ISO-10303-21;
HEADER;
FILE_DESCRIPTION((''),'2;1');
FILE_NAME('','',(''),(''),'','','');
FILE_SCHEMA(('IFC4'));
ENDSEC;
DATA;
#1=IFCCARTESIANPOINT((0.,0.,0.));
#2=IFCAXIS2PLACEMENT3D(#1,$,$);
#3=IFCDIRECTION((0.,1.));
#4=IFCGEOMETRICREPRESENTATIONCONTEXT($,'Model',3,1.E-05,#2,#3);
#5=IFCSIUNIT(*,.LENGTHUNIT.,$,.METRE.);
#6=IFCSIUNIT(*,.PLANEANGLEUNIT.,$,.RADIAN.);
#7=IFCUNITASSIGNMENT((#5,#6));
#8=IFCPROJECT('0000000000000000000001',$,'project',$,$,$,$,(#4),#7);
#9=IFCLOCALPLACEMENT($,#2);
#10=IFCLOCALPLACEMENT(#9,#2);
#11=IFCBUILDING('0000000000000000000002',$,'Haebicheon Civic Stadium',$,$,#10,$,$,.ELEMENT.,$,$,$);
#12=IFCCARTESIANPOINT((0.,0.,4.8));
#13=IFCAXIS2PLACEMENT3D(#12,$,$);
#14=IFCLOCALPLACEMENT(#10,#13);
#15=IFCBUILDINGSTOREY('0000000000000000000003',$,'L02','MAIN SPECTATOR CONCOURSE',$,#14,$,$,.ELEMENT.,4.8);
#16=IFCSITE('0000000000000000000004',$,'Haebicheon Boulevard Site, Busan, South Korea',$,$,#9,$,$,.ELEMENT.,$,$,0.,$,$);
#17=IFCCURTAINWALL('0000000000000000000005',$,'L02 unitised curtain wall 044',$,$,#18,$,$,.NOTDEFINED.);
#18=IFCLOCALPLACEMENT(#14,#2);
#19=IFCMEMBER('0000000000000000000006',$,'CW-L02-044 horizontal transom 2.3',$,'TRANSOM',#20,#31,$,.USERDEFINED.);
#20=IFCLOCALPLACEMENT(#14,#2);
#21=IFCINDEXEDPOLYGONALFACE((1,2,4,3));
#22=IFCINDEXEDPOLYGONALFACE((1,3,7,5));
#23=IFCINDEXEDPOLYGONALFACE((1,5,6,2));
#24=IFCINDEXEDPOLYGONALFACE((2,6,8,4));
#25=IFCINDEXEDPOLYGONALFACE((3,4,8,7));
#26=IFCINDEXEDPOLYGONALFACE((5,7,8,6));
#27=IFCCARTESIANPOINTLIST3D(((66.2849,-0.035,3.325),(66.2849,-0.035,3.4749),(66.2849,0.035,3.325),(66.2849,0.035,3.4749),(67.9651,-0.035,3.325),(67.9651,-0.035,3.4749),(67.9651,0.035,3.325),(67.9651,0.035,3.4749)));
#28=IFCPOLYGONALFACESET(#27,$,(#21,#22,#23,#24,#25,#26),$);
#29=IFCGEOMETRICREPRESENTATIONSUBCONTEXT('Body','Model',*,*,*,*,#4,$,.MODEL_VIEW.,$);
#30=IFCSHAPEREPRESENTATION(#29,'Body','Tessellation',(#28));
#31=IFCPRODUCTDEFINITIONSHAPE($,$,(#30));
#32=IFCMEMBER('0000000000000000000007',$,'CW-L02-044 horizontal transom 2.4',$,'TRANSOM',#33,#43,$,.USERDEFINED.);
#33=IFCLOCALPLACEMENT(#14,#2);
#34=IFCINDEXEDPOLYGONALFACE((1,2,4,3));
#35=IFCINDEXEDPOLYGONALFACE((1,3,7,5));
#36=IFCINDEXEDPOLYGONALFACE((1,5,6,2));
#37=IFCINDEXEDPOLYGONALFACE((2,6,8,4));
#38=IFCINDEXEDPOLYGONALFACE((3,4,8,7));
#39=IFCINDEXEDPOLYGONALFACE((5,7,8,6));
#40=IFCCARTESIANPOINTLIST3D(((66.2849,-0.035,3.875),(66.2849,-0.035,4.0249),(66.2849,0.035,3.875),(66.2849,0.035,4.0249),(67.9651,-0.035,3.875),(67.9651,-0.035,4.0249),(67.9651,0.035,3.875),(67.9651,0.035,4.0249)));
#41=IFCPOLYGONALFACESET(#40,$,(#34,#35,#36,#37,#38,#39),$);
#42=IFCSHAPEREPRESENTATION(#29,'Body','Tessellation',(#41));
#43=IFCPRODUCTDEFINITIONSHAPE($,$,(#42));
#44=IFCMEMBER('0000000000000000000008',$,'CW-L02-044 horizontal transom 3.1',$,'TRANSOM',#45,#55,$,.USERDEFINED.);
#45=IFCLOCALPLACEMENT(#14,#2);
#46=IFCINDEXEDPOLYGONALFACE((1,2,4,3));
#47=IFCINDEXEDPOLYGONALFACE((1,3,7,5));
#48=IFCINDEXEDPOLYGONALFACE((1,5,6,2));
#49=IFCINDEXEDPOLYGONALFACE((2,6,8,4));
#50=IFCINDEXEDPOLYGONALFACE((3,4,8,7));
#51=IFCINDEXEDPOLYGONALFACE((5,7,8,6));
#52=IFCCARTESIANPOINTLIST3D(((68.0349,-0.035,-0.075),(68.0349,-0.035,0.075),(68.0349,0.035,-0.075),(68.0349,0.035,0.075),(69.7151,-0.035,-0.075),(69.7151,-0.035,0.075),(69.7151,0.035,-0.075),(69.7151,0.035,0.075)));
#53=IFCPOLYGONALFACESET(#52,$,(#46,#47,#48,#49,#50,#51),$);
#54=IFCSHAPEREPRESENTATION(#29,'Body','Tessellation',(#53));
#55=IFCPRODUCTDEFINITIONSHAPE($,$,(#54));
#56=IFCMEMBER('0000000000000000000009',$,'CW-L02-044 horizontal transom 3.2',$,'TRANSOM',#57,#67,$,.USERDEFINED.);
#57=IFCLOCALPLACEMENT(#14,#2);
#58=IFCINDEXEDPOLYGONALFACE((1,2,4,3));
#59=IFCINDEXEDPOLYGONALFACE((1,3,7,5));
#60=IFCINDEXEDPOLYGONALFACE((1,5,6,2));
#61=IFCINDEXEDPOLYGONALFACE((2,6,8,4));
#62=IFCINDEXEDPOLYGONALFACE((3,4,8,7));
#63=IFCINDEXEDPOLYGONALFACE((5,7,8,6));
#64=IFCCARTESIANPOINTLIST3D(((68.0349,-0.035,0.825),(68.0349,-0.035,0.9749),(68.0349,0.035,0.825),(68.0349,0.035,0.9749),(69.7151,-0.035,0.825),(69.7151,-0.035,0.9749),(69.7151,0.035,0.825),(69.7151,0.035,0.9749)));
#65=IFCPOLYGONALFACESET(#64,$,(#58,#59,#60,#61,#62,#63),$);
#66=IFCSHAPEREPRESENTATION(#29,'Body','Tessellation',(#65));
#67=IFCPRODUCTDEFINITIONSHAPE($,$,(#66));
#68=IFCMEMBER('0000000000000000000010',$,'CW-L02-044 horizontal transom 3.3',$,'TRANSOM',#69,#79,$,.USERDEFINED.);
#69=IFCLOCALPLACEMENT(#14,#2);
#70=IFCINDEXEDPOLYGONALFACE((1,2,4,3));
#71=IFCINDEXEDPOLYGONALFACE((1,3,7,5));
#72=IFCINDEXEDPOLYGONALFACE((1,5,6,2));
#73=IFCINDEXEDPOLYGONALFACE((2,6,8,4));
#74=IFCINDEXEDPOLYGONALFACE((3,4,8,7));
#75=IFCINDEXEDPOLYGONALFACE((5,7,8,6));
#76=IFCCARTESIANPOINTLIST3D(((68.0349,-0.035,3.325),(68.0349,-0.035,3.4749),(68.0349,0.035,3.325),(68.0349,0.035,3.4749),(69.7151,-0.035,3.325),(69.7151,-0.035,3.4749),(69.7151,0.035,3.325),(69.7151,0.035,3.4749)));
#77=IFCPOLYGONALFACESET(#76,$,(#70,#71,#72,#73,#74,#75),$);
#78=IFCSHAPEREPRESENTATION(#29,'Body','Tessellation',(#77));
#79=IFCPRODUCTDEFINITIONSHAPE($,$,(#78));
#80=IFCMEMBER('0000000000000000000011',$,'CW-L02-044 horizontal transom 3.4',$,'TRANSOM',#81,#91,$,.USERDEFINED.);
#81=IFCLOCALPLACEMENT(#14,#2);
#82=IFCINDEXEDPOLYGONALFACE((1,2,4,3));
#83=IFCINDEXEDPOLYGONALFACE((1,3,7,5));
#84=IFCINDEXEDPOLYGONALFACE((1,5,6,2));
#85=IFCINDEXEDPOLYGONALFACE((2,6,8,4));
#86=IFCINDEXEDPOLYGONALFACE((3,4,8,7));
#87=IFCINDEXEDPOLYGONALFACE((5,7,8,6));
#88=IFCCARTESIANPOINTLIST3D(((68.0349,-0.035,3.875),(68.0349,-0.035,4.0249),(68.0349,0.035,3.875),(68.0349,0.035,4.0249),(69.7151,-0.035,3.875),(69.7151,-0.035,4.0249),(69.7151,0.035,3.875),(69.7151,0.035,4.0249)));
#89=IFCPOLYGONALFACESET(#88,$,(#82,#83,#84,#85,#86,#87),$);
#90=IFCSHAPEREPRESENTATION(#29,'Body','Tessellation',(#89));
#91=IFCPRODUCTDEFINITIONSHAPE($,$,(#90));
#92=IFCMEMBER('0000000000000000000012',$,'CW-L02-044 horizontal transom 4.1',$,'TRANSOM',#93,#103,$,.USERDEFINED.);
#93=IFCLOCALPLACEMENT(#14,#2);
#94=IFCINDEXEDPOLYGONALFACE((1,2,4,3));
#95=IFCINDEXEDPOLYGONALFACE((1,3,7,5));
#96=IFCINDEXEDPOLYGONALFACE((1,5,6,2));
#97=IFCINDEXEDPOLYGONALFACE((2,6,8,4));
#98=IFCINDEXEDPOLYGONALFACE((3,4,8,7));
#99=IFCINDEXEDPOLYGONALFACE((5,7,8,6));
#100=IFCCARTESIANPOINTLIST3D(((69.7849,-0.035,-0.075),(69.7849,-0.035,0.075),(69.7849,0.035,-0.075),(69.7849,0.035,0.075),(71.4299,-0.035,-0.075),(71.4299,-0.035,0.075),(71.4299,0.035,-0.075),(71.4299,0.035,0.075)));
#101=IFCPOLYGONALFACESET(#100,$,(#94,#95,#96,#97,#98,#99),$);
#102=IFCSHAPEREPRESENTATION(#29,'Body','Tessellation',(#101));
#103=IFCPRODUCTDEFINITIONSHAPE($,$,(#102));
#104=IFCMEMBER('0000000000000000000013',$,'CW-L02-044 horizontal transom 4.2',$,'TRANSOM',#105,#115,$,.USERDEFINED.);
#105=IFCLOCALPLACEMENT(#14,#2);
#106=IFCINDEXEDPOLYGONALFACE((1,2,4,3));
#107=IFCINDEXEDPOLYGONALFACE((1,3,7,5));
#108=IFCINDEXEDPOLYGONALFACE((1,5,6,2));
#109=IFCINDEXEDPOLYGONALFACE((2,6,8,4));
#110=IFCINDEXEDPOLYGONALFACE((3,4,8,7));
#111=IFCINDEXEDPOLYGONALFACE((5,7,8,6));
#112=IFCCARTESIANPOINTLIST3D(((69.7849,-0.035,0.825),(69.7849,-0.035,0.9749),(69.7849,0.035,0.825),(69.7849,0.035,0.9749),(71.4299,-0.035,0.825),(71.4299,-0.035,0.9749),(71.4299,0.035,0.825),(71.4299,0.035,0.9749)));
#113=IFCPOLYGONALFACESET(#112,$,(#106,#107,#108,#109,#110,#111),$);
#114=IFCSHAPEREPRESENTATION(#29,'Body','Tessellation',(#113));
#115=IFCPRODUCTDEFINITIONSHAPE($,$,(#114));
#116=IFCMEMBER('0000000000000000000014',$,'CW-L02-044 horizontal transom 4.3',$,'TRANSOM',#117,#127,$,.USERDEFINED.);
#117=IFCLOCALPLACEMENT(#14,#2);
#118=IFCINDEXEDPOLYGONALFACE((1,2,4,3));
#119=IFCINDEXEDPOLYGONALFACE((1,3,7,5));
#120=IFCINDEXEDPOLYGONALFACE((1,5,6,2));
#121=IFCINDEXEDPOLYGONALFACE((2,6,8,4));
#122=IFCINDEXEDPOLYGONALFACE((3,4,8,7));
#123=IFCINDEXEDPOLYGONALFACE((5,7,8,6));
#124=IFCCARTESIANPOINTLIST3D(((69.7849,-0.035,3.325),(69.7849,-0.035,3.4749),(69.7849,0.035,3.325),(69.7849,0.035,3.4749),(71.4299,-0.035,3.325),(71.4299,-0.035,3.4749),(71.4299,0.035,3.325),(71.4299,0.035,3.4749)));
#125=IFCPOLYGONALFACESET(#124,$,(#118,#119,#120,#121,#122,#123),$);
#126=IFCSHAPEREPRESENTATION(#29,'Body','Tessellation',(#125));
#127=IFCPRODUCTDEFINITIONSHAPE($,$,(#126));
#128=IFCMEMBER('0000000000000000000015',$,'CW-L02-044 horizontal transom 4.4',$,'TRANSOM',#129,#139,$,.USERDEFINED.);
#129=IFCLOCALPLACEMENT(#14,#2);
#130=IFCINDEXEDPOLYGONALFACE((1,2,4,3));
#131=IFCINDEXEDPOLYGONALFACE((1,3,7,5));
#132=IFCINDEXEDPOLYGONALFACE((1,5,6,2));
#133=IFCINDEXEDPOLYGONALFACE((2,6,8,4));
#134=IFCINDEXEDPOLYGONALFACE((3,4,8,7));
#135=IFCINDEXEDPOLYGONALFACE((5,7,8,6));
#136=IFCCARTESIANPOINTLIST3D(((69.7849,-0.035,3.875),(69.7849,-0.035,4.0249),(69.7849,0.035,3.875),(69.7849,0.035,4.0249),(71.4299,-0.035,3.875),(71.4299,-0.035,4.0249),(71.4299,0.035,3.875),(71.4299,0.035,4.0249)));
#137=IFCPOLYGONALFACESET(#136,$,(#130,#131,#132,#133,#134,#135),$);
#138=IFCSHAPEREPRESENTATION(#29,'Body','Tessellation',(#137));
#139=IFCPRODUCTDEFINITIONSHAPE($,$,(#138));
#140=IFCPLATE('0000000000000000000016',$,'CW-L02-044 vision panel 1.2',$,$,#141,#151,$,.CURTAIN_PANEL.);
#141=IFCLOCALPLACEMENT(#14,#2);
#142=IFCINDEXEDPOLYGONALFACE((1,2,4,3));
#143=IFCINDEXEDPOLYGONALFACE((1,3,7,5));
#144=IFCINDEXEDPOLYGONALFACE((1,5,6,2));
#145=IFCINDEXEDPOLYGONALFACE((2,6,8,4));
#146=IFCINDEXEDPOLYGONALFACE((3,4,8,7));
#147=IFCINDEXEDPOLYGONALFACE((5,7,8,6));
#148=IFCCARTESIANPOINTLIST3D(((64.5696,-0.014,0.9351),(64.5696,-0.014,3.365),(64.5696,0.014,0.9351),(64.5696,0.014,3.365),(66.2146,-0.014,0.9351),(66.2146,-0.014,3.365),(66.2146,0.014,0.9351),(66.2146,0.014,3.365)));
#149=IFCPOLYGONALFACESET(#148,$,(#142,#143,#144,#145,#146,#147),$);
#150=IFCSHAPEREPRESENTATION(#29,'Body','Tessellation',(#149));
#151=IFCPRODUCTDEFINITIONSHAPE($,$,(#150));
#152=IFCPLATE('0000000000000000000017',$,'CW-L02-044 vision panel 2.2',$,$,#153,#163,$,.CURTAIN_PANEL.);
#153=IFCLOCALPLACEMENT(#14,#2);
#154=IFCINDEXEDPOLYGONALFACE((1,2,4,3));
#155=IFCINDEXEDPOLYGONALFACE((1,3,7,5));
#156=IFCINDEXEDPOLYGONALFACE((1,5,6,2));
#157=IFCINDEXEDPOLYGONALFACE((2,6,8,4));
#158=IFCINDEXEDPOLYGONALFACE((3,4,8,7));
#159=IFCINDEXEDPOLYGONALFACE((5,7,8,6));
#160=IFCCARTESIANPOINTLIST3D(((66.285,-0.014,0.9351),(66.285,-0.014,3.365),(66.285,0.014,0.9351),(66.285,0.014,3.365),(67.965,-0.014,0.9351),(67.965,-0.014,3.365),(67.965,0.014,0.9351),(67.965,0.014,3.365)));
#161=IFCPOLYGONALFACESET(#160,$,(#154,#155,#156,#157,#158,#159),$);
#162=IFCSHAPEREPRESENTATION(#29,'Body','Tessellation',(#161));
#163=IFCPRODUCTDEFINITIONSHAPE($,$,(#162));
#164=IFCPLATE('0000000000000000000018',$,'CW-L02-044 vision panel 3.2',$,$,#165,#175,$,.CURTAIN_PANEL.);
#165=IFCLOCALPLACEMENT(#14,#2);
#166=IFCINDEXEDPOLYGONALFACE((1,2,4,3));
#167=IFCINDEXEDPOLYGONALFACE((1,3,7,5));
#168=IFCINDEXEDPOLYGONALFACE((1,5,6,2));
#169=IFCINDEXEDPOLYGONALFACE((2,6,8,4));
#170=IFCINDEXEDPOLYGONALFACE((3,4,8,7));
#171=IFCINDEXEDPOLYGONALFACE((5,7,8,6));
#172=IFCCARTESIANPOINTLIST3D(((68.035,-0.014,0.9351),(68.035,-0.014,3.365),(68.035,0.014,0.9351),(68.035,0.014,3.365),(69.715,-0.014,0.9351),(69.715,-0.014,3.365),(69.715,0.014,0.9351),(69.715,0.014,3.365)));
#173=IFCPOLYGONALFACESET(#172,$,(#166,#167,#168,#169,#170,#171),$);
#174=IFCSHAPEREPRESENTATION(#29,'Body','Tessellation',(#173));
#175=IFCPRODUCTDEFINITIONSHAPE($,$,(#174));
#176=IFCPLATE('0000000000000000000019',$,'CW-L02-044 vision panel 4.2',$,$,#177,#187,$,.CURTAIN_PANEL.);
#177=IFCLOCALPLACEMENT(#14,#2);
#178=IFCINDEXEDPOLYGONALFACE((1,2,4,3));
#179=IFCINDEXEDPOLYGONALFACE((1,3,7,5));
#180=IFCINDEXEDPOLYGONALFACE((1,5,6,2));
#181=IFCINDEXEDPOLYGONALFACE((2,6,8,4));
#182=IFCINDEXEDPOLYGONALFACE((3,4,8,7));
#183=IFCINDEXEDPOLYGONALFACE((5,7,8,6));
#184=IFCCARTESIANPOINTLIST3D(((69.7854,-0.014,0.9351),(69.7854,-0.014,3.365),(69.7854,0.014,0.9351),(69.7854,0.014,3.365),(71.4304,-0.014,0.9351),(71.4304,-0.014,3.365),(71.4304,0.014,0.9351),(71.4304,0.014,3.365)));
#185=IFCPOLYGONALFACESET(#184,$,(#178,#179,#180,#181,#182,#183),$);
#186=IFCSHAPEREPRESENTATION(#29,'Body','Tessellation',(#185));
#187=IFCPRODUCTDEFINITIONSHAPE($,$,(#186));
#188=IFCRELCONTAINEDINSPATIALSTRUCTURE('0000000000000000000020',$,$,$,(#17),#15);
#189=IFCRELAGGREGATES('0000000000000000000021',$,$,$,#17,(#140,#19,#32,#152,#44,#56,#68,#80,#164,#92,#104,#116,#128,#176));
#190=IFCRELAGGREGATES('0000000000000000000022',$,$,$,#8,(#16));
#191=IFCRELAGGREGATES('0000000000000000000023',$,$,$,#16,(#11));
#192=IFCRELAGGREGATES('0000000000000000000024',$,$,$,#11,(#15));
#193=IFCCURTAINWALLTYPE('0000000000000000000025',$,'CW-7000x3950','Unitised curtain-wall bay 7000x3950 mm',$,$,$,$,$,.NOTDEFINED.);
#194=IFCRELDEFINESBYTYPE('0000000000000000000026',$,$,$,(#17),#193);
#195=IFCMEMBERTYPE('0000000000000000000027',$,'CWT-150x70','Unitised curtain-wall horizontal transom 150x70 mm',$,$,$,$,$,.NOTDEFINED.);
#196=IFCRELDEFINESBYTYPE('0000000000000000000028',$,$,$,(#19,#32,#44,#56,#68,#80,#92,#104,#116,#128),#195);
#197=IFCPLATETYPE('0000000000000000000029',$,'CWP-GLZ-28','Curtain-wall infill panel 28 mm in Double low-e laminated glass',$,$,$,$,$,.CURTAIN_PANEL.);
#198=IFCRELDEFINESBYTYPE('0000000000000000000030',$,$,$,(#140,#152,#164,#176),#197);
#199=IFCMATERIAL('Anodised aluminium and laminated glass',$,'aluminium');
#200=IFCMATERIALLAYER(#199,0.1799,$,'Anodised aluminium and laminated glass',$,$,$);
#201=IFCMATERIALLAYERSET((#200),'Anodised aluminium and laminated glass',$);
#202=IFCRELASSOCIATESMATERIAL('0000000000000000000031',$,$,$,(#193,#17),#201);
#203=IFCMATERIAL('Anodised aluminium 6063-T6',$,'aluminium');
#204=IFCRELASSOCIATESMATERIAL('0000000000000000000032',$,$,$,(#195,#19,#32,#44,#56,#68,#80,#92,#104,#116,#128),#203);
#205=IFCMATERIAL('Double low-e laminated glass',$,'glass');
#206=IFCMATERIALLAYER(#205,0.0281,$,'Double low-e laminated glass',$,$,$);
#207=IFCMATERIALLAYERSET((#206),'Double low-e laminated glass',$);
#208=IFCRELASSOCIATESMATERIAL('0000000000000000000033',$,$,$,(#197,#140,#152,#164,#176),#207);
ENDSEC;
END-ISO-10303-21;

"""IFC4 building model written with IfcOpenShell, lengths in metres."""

from ifc_helpers import new_model, si_unit, direction, frame, origin, origin_2d, place, context, subcontext, project, spatial, rectangle, extrude, material, layer, layer_set, material_profile, profile_set, type_object, element, aggregate, save


model = new_model("IFC4")

# Units and contexts
model_context = context("Model", 3, precision=1e-05, world=origin(), true_north=direction((0.0, 1.0)))
body_context = subcontext(model_context, "Body", "Model", "MODEL_VIEW")
ifc_project = project(units=[si_unit("LENGTHUNIT", "METRE"), si_unit("PLANEANGLEUNIT", "RADIAN")], contexts=[model_context])

# Site, building, storey
site_placement = place(None, origin())
site = spatial("IfcSite", under=ifc_project, at=site_placement, Name="Haebicheon Boulevard Site, Busan, South Korea", CompositionType="ELEMENT", RefElevation=0.0)
building_placement = place(site_placement, origin())
building = spatial("IfcBuilding", under=site, at=building_placement, Name="Haebicheon Civic Stadium", CompositionType="ELEMENT")
storey_placement = place(building_placement, frame((0.0, 0.0, 4.8)))
storey = spatial("IfcBuildingStorey", under=building, at=storey_placement, Name="L02", Description="MAIN SPECTATOR CONCOURSE", CompositionType="ELEMENT", Elevation=4.8)

# Curtain wall, members, plates
ifc_material_1 = material(Name="Anodised aluminium and laminated glass", Category="aluminium")
ifc_layer_1 = layer(ifc_material_1, 0.1799, Name="Anodised aluminium and laminated glass")
ifc_layer_set_1 = layer_set([ifc_layer_1], Name="Anodised aluminium and laminated glass")
curtain_wall_type = type_object("IfcCurtainWallType", Name="CW-7000x3950", Description="Unitised curtain-wall bay 7000x3950 mm", PredefinedType="NOTDEFINED", material=ifc_layer_set_1)
curtain_wall_placement = place(storey_placement, origin())
curtain_wall = element("IfcCurtainWall", 1, at=curtain_wall_placement, inside=storey, type_object=curtain_wall_type, material=ifc_layer_set_1, Name="L02 unitised curtain wall 044", PredefinedType="NOTDEFINED")
ifc_material_2 = material(Name="Anodised aluminium 6063-T6", Category="aluminium")
ifc_material_profile_1 = material_profile(ifc_material_2, rectangle(XDim=0.0701, YDim=0.1499, at=origin_2d()), Name="ALU-TRAN-70x150")
ifc_profile_set_1 = profile_set([ifc_material_profile_1], Name="Anodised aluminium 6063-T6")
member_type_1 = type_object("IfcMemberType", Name="CWT-150x70", Description="Unitised curtain-wall horizontal transom 150x70 mm", PredefinedType="NOTDEFINED", material=ifc_profile_set_1)
member_1_placement = place(storey_placement, frame((66.2849, 0.0, 3.3999), z_axis=(1.0, 0.0, 0.0), x_axis=(0.0, 1.0, 0.0)))
member_1 = element("IfcMember", 2, at=member_1_placement, type_object=member_type_1, material=ifc_profile_set_1, Name="CW-L02-044 horizontal transom 2.3", ObjectType="TRANSOM", PredefinedType="USERDEFINED", context=body_context, shape_type="SweptSolid", body=[
    extrude(rectangle(XDim=0.0701, YDim=0.1499, at=origin_2d()), origin(), (0.0, 0.0, 1.0), 1.6802),
])
member_2_placement = place(storey_placement, frame((66.2849, 0.0, 3.95), z_axis=(1.0, 0.0, 0.0), x_axis=(0.0, 1.0, 0.0)))
member_2 = element("IfcMember", 3, at=member_2_placement, type_object=member_type_1, material=ifc_profile_set_1, Name="CW-L02-044 horizontal transom 2.4", ObjectType="TRANSOM", PredefinedType="USERDEFINED", context=body_context, shape_type="SweptSolid", body=[
    extrude(rectangle(XDim=0.0701, YDim=0.1499, at=origin_2d()), origin(), (0.0, 0.0, 1.0), 1.6802),
])
member_3_placement = place(storey_placement, frame((68.0349, 0.0, 0.0), z_axis=(1.0, 0.0, 0.0), x_axis=(0.0, 1.0, 0.0)))
member_3 = element("IfcMember", 4, at=member_3_placement, type_object=member_type_1, material=ifc_profile_set_1, Name="CW-L02-044 horizontal transom 3.1", ObjectType="TRANSOM", PredefinedType="USERDEFINED", context=body_context, shape_type="SweptSolid", body=[
    extrude(rectangle(XDim=0.0701, YDim=0.1499, at=origin_2d()), origin(), (0.0, 0.0, 1.0), 1.6802),
])
member_4_placement = place(storey_placement, frame((68.0349, 0.0, 0.8999), z_axis=(1.0, 0.0, 0.0), x_axis=(0.0, 1.0, 0.0)))
member_4 = element("IfcMember", 5, at=member_4_placement, type_object=member_type_1, material=ifc_profile_set_1, Name="CW-L02-044 horizontal transom 3.2", ObjectType="TRANSOM", PredefinedType="USERDEFINED", context=body_context, shape_type="SweptSolid", body=[
    extrude(rectangle(XDim=0.0701, YDim=0.1499, at=origin_2d()), origin(), (0.0, 0.0, 1.0), 1.6802),
])
member_5_placement = place(storey_placement, frame((68.0349, 0.0, 3.3999), z_axis=(1.0, 0.0, 0.0), x_axis=(0.0, 1.0, 0.0)))
member_5 = element("IfcMember", 6, at=member_5_placement, type_object=member_type_1, material=ifc_profile_set_1, Name="CW-L02-044 horizontal transom 3.3", ObjectType="TRANSOM", PredefinedType="USERDEFINED", context=body_context, shape_type="SweptSolid", body=[
    extrude(rectangle(XDim=0.0701, YDim=0.1499, at=origin_2d()), origin(), (0.0, 0.0, 1.0), 1.6802),
])
member_6_placement = place(storey_placement, frame((68.0349, 0.0, 3.95), z_axis=(1.0, 0.0, 0.0), x_axis=(0.0, 1.0, 0.0)))
member_6 = element("IfcMember", 7, at=member_6_placement, type_object=member_type_1, material=ifc_profile_set_1, Name="CW-L02-044 horizontal transom 3.4", ObjectType="TRANSOM", PredefinedType="USERDEFINED", context=body_context, shape_type="SweptSolid", body=[
    extrude(rectangle(XDim=0.0701, YDim=0.1499, at=origin_2d()), origin(), (0.0, 0.0, 1.0), 1.6802),
])
member_7_placement = place(storey_placement, frame((69.7849, 0.0, 0.0), z_axis=(1.0, 0.0, 0.0), x_axis=(0.0, 1.0, 0.0)))
member_7 = element("IfcMember", 8, at=member_7_placement, type_object=member_type_1, material=ifc_profile_set_1, Name="CW-L02-044 horizontal transom 4.1", ObjectType="TRANSOM", PredefinedType="USERDEFINED", context=body_context, shape_type="SweptSolid", body=[
    extrude(rectangle(XDim=0.0701, YDim=0.1499, at=origin_2d()), origin(), (0.0, 0.0, 1.0), 1.645),
])
member_8_placement = place(storey_placement, frame((69.7849, 0.0, 0.8999), z_axis=(1.0, 0.0, 0.0), x_axis=(0.0, 1.0, 0.0)))
member_8 = element("IfcMember", 9, at=member_8_placement, type_object=member_type_1, material=ifc_profile_set_1, Name="CW-L02-044 horizontal transom 4.2", ObjectType="TRANSOM", PredefinedType="USERDEFINED", context=body_context, shape_type="SweptSolid", body=[
    extrude(rectangle(XDim=0.0701, YDim=0.1499, at=origin_2d()), origin(), (0.0, 0.0, 1.0), 1.645),
])
member_9_placement = place(storey_placement, frame((69.7849, 0.0, 3.3999), z_axis=(1.0, 0.0, 0.0), x_axis=(0.0, 1.0, 0.0)))
member_9 = element("IfcMember", 10, at=member_9_placement, type_object=member_type_1, material=ifc_profile_set_1, Name="CW-L02-044 horizontal transom 4.3", ObjectType="TRANSOM", PredefinedType="USERDEFINED", context=body_context, shape_type="SweptSolid", body=[
    extrude(rectangle(XDim=0.0701, YDim=0.1499, at=origin_2d()), origin(), (0.0, 0.0, 1.0), 1.645),
])
member_10_placement = place(storey_placement, frame((69.7849, 0.0, 3.95), z_axis=(1.0, 0.0, 0.0), x_axis=(0.0, 1.0, 0.0)))
member_10 = element("IfcMember", 11, at=member_10_placement, type_object=member_type_1, material=ifc_profile_set_1, Name="CW-L02-044 horizontal transom 4.4", ObjectType="TRANSOM", PredefinedType="USERDEFINED", context=body_context, shape_type="SweptSolid", body=[
    extrude(rectangle(XDim=0.0701, YDim=0.1499, at=origin_2d()), origin(), (0.0, 0.0, 1.0), 1.645),
])
ifc_material_3 = material(Name="Double low-e laminated glass", Category="glass")
ifc_layer_2 = layer(ifc_material_3, 0.0281, Name="Double low-e laminated glass")
ifc_layer_set_2 = layer_set([ifc_layer_2], Name="Double low-e laminated glass")
plate_type_1 = type_object("IfcPlateType", Name="CWP-GLZ-28", Description="Curtain-wall infill panel 28 mm in Double low-e laminated glass", PredefinedType="CURTAIN_PANEL", material=ifc_layer_set_2)
plate_1_placement = place(storey_placement, frame((65.3921, 0.0, 0.9351), z_axis=(0.0, 0.0, 1.0), x_axis=(1.0, 0.0, 0.0)))
plate_1 = element("IfcPlate", 12, at=plate_1_placement, type_object=plate_type_1, material=ifc_layer_set_2, Name="CW-L02-044 vision panel 1.2", PredefinedType="CURTAIN_PANEL", context=body_context, shape_type="SweptSolid", body=[
    extrude(rectangle(XDim=1.645, YDim=0.0281, at=origin_2d()), origin(), (0.0, 0.0, 1.0), 2.4299),
])
plate_2_placement = place(storey_placement, frame((67.125, 0.0, 0.9351), z_axis=(0.0, 0.0, 1.0), x_axis=(1.0, 0.0, 0.0)))
plate_2 = element("IfcPlate", 13, at=plate_2_placement, type_object=plate_type_1, material=ifc_layer_set_2, Name="CW-L02-044 vision panel 2.2", PredefinedType="CURTAIN_PANEL", context=body_context, shape_type="SweptSolid", body=[
    extrude(rectangle(XDim=1.6799, YDim=0.0281, at=origin_2d()), origin(), (0.0, 0.0, 1.0), 2.4299),
])
plate_3_placement = place(storey_placement, frame((68.875, 0.0, 0.9351), z_axis=(0.0, 0.0, 1.0), x_axis=(1.0, 0.0, 0.0)))
plate_3 = element("IfcPlate", 14, at=plate_3_placement, type_object=plate_type_1, material=ifc_layer_set_2, Name="CW-L02-044 vision panel 3.2", PredefinedType="CURTAIN_PANEL", context=body_context, shape_type="SweptSolid", body=[
    extrude(rectangle(XDim=1.6799, YDim=0.0281, at=origin_2d()), origin(), (0.0, 0.0, 1.0), 2.4299),
])
plate_4_placement = place(storey_placement, frame((70.6079, 0.0, 0.9351), z_axis=(0.0, 0.0, 1.0), x_axis=(1.0, 0.0, 0.0)))
plate_4 = element("IfcPlate", 15, at=plate_4_placement, type_object=plate_type_1, material=ifc_layer_set_2, Name="CW-L02-044 vision panel 4.2", PredefinedType="CURTAIN_PANEL", context=body_context, shape_type="SweptSolid", body=[
    extrude(rectangle(XDim=1.645, YDim=0.0281, at=origin_2d()), origin(), (0.0, 0.0, 1.0), 2.4299),
])
aggregate(curtain_wall, [plate_1, member_1, member_2, plate_2, member_3, member_4, member_5, member_6, plate_3, member_7, member_8, member_9, member_10, plate_4])

save(model, "model.ifc")
